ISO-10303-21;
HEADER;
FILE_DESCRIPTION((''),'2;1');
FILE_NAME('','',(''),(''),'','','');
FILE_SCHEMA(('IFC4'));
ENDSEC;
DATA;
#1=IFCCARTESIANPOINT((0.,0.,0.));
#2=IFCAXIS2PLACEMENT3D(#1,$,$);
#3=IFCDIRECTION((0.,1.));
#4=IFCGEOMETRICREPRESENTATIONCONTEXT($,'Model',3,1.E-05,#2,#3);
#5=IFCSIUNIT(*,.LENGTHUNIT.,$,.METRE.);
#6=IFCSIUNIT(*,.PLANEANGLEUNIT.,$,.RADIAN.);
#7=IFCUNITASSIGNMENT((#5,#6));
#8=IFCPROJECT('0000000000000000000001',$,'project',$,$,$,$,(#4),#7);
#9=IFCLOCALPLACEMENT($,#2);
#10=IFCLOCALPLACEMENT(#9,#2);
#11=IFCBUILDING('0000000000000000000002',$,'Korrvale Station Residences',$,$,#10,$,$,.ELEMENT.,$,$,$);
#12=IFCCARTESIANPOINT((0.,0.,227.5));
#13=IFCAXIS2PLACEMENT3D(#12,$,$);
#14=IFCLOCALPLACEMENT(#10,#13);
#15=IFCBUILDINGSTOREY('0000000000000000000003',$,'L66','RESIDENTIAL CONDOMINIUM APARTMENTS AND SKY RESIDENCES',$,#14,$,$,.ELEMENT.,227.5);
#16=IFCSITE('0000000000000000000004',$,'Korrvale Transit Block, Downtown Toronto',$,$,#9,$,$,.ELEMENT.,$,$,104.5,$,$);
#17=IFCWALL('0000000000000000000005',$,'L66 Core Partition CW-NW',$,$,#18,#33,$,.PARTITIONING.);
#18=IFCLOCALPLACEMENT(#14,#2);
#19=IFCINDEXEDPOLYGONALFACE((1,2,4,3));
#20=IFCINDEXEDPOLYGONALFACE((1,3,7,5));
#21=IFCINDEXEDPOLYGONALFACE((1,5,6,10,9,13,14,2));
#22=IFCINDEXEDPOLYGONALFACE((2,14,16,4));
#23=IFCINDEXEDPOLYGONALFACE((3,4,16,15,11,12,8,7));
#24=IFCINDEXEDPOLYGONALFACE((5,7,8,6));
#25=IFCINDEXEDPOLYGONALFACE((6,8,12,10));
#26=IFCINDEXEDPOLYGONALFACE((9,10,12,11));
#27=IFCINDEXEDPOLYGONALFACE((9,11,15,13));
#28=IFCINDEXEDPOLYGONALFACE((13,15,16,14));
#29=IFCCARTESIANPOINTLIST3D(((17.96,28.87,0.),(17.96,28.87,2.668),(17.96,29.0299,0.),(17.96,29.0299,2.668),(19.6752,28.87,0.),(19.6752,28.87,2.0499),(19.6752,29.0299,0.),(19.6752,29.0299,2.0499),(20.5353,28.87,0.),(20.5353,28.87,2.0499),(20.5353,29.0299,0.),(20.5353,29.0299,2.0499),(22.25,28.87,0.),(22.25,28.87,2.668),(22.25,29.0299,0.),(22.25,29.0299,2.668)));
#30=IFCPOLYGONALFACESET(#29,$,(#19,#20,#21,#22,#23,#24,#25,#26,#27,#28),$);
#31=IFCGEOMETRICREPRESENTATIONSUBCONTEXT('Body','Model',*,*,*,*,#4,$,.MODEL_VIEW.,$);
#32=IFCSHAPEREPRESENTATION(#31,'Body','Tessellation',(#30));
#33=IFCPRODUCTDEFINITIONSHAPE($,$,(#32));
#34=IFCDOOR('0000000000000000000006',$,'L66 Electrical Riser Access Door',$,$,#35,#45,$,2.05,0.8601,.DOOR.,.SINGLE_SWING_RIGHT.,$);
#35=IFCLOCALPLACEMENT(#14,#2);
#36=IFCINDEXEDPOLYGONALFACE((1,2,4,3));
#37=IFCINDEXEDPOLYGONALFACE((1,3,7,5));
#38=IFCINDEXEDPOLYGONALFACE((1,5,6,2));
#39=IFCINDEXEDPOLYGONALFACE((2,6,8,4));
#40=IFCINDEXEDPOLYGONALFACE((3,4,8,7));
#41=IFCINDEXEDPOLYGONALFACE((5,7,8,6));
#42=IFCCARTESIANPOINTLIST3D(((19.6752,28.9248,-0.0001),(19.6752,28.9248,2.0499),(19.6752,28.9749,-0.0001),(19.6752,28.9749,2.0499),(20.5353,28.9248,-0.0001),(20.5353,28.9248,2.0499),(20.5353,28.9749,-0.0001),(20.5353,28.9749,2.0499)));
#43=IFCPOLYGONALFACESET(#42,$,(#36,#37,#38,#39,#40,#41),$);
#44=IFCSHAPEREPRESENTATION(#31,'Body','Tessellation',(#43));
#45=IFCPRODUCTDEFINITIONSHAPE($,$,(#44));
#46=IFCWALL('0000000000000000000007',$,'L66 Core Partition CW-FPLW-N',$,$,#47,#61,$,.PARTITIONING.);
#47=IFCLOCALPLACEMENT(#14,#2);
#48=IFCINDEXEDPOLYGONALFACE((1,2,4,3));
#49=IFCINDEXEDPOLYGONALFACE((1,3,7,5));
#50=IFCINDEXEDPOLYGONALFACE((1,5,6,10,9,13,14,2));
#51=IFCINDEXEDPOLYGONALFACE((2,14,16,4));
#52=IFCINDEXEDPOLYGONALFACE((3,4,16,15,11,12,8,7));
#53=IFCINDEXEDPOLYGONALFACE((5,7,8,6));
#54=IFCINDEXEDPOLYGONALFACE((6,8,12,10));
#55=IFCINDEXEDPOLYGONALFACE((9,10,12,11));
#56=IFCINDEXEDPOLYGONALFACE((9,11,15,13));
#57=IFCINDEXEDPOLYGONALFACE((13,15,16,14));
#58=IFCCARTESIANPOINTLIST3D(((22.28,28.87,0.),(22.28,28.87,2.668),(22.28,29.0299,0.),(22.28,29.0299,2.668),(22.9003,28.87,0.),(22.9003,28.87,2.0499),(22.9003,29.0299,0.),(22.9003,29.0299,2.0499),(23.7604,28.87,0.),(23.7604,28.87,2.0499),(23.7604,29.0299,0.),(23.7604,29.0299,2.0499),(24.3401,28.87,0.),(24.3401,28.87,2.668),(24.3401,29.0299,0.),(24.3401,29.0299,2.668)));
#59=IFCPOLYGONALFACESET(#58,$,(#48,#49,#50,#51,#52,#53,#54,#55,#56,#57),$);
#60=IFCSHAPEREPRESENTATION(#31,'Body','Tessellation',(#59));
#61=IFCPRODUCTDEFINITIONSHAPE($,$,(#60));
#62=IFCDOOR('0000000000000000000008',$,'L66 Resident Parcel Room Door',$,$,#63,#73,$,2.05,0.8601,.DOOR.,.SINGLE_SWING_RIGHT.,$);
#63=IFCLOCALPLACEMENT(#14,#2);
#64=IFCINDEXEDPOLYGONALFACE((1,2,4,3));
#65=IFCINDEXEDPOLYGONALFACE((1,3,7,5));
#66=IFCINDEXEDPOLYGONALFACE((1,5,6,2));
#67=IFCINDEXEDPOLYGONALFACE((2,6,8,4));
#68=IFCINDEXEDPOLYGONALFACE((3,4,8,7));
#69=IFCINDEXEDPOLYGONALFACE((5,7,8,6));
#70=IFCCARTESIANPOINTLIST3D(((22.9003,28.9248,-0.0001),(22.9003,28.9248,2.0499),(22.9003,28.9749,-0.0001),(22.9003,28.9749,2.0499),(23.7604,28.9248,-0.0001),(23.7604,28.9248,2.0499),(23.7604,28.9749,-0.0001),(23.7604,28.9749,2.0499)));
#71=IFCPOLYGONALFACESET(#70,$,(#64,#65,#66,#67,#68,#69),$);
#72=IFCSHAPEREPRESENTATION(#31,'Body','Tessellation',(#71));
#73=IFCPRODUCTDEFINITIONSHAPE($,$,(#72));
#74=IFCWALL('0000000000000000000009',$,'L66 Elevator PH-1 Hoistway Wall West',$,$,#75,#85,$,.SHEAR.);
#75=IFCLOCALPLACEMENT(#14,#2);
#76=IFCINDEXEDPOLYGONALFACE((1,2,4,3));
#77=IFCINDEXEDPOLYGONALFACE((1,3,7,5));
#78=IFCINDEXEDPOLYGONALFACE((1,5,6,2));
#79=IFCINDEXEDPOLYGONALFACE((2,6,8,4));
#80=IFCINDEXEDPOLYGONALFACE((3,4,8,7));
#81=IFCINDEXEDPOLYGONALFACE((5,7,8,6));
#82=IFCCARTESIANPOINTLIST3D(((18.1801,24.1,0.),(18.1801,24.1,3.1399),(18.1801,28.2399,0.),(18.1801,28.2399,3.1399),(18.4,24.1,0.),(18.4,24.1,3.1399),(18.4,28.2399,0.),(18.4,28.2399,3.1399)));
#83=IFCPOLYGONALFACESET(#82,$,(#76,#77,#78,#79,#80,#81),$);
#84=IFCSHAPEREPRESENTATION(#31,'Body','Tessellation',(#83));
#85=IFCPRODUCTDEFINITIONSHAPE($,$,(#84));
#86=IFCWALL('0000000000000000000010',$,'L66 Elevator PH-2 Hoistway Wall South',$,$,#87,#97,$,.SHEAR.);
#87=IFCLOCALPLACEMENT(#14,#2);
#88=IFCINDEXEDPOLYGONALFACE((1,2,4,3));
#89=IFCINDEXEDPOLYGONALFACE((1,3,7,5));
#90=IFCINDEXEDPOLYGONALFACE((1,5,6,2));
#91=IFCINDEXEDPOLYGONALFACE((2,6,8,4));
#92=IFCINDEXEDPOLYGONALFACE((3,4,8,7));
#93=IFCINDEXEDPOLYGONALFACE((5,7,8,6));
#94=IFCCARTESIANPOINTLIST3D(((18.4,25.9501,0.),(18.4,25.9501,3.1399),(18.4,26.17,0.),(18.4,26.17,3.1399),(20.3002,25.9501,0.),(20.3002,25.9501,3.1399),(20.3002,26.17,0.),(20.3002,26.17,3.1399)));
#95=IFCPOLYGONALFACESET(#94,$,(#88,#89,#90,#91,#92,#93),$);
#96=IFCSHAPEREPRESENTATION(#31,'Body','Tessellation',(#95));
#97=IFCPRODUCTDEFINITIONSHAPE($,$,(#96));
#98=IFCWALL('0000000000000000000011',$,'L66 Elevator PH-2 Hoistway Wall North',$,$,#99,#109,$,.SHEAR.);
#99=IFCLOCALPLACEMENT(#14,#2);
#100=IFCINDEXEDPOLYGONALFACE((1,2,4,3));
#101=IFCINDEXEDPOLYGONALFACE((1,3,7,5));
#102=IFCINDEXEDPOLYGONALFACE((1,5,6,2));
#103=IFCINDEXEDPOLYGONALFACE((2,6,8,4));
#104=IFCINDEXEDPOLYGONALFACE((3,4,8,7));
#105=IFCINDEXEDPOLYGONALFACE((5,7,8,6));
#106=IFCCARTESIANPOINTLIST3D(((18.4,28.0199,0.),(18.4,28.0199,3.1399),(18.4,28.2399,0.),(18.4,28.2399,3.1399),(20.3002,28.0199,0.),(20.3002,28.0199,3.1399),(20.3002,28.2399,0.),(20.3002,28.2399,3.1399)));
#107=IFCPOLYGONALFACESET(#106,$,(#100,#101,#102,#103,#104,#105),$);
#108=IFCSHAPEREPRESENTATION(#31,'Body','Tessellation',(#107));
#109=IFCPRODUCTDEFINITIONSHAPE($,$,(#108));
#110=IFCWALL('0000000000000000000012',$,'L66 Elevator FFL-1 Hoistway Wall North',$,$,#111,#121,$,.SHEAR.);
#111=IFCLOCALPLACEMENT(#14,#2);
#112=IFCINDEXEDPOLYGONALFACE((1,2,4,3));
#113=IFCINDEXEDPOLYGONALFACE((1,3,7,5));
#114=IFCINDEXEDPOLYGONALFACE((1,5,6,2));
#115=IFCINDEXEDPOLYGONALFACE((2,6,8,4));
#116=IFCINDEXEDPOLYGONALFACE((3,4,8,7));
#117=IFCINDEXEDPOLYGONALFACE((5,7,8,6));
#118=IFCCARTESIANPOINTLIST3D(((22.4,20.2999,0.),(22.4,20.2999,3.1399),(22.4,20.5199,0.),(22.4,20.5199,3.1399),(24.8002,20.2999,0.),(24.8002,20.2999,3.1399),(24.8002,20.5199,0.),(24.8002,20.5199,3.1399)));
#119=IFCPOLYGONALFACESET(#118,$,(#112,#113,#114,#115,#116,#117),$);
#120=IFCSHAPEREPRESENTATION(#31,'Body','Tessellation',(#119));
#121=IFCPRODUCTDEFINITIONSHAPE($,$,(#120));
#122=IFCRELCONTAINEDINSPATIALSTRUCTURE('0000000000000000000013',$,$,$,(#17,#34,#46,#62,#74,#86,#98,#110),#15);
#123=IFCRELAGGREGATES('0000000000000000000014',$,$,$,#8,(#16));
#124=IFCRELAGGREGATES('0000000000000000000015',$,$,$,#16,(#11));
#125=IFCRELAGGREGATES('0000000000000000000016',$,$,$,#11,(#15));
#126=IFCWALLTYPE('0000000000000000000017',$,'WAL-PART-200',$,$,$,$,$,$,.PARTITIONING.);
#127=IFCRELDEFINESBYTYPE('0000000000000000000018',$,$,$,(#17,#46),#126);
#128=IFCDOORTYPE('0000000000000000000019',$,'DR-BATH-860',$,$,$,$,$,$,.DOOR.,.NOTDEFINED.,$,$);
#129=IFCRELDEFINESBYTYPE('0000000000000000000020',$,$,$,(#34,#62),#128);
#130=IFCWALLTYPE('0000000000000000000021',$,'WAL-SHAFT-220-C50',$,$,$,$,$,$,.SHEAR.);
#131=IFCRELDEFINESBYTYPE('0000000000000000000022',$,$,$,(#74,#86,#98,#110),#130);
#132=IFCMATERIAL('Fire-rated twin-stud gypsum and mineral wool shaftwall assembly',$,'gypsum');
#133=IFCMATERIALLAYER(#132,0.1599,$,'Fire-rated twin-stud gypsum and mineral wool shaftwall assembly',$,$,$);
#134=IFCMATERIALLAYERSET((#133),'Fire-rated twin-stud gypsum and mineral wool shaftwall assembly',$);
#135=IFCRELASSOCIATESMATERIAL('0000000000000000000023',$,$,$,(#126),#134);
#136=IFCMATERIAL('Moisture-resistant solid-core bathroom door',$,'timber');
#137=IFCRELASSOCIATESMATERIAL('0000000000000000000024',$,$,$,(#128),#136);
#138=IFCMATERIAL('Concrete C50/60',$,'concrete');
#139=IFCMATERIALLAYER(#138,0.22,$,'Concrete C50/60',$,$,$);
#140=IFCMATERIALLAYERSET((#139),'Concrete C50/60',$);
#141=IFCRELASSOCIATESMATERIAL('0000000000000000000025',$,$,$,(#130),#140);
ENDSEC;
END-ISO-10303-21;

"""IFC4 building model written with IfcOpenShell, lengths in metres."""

from ifc_helpers import new_model, si_unit, direction, frame, frame_2d, origin, place, context, subcontext, project, spatial, rectangle, extrude, material, layer, layer_set, type_object, element, fill, save


model = new_model("IFC4")

# Units and contexts
model_context = context("Model", 3, precision=1e-05, world=origin(), true_north=direction((0.0, 1.0)))
body_context = subcontext(model_context, "Body", "Model", "MODEL_VIEW")
ifc_project = project(units=[si_unit("LENGTHUNIT", "METRE"), si_unit("PLANEANGLEUNIT", "RADIAN")], contexts=[model_context])

# Site, building, storey
site_placement = place(None, origin())
site = spatial("IfcSite", under=ifc_project, at=site_placement, Name="Korrvale Transit Block, Downtown Toronto", CompositionType="ELEMENT", RefElevation=104.5)
building_placement = place(site_placement, origin())
building = spatial("IfcBuilding", under=site, at=building_placement, Name="Korrvale Station Residences", CompositionType="ELEMENT")
storey_placement = place(building_placement, frame((0.0, 0.0, 227.5)))
storey = spatial("IfcBuildingStorey", under=building, at=storey_placement, Name="L66", Description="RESIDENTIAL CONDOMINIUM APARTMENTS AND SKY RESIDENCES", CompositionType="ELEMENT", Elevation=227.5)

# Shared definitions
ifc_material_1 = material(Name="Concrete C50/60", Category="concrete")

# Shared definitions
ifc_material_2 = material(Name="Fire-rated twin-stud gypsum and mineral wool shaftwall assembly", Category="gypsum")
ifc_layer_1 = layer(ifc_material_2, 0.1599, Name="Fire-rated twin-stud gypsum and mineral wool shaftwall assembly")
ifc_layer_set_1 = layer_set([ifc_layer_1], Name="Fire-rated twin-stud gypsum and mineral wool shaftwall assembly")
wall_type_1 = type_object("IfcWallType", Name="WAL-PART-200", PredefinedType="PARTITIONING", material=ifc_layer_set_1)

# Walls, openings, doors
wall_1_placement = place(storey_placement, frame((17.96, 28.95, 0.0), z_axis=(0.0, 0.0, 1.0), x_axis=(1.0, 0.0, 0.0)))
wall_1 = element("IfcWall", 1, at=wall_1_placement, inside=storey, type_object=wall_type_1, Name="L66 Core Partition CW-NW", PredefinedType="PARTITIONING", context=body_context, shape_type="SweptSolid", body=[
    extrude(rectangle(XDim=4.29, YDim=0.1599, at=frame_2d((2.145, 0.0))), origin(), (0.0, 0.0, 1.0), 2.668),
])
opening_1_placement = place(wall_1_placement, frame((1.7151, 0.0, 0.0)))
opening_1 = element("IfcOpeningElement", 2, at=opening_1_placement, cuts=wall_1, PredefinedType="OPENING", context=body_context, shape_type="SweptSolid", body=[
    extrude(rectangle(XDim=0.8601, YDim=2.05, at=frame_2d((0.4302, 1.0249))), frame((0.0, 0.0898, 0.0), z_axis=(0.0, -1.0, 0.0), x_axis=(1.0, 0.0, 0.0)), (0.0, 0.0, 1.0), 0.1799),
])
ifc_material_3 = material(Name="Moisture-resistant solid-core bathroom door", Category="timber")
door_type_1 = type_object("IfcDoorType", Name="DR-BATH-860", OperationType="NOTDEFINED", PredefinedType="DOOR", material=ifc_material_3)
door_1_placement = place(opening_1_placement, origin())
door_1 = element("IfcDoor", 3, at=door_1_placement, inside=storey, type_object=door_type_1, Name="L66 Electrical Riser Access Door", OperationType="SINGLE_SWING_RIGHT", OverallHeight=2.05, OverallWidth=0.8601, PredefinedType="DOOR", context=body_context, shape_type="SweptSolid", body=[
    extrude(rectangle(XDim=0.8601, YDim=2.05, at=frame_2d((0.4302, 1.0249))), frame((0.0, 0.0249, 0.0), z_axis=(0.0, -1.0, 0.0), x_axis=(1.0, 0.0, 0.0)), (0.0, 0.0, 1.0), 0.05),
])
fill(opening_1, door_1)
wall_2_placement = place(storey_placement, frame((22.28, 28.95, 0.0), z_axis=(0.0, 0.0, 1.0), x_axis=(1.0, 0.0, 0.0)))
wall_2 = element("IfcWall", 4, at=wall_2_placement, inside=storey, type_object=wall_type_1, Name="L66 Core Partition CW-FPLW-N", PredefinedType="PARTITIONING", context=body_context, shape_type="SweptSolid", body=[
    extrude(rectangle(XDim=2.0601, YDim=0.1599, at=frame_2d((1.03, 0.0))), origin(), (0.0, 0.0, 1.0), 2.668),
])
opening_2_placement = place(wall_2_placement, frame((0.6201, 0.0, 0.0)))
opening_2 = element("IfcOpeningElement", 5, at=opening_2_placement, cuts=wall_2, PredefinedType="OPENING", context=body_context, shape_type="SweptSolid", body=[
    extrude(rectangle(XDim=0.8601, YDim=2.05, at=frame_2d((0.4302, 1.0249))), frame((0.0, 0.0898, 0.0), z_axis=(0.0, -1.0, 0.0), x_axis=(1.0, 0.0, 0.0)), (0.0, 0.0, 1.0), 0.1799),
])
door_2_placement = place(opening_2_placement, origin())
door_2 = element("IfcDoor", 6, at=door_2_placement, inside=storey, type_object=door_type_1, Name="L66 Resident Parcel Room Door", OperationType="SINGLE_SWING_RIGHT", OverallHeight=2.05, OverallWidth=0.8601, PredefinedType="DOOR", context=body_context, shape_type="SweptSolid", body=[
    extrude(rectangle(XDim=0.8601, YDim=2.05, at=frame_2d((0.4302, 1.0249))), frame((0.0, 0.0249, 0.0), z_axis=(0.0, -1.0, 0.0), x_axis=(1.0, 0.0, 0.0)), (0.0, 0.0, 1.0), 0.05),
])
fill(opening_2, door_2)

# Wall
ifc_layer_2 = layer(ifc_material_1, 0.22, Name="Concrete C50/60")
ifc_layer_set_2 = layer_set([ifc_layer_2], Name="Concrete C50/60")
wall_type_2 = type_object("IfcWallType", Name="WAL-SHAFT-220-C50", PredefinedType="SHEAR", material=ifc_layer_set_2)
wall_3_placement = place(storey_placement, frame((18.29, 24.1001, 0.0), z_axis=(0.0, 0.0, 1.0), x_axis=(0.0, 1.0, 0.0)))
element("IfcWall", 7, at=wall_3_placement, inside=storey, type_object=wall_type_2, Name="L66 Elevator PH-1 Hoistway Wall West", PredefinedType="SHEAR", context=body_context, shape_type="SweptSolid", body=[
    extrude(rectangle(XDim=4.1399, YDim=0.22, at=frame_2d((2.0698, 0.0))), origin(), (0.0, 0.0, 1.0), 3.1399),
])

# Walls
for number, where, z_axis, x_axis, name in (
    (8, (18.3999, 26.0601, 0.0), (0.0, 0.0, 1.0), (1.0, 0.0, 0.0), "L66 Elevator PH-2 Hoistway Wall South"),
    (9, (18.3999, 28.1299, 0.0), (0.0, 0.0, 1.0), (1.0, 0.0, 0.0), "L66 Elevator PH-2 Hoistway Wall North"),
):
    element("IfcWall", number, at=place(storey_placement, frame(where, z_axis=z_axis, x_axis=x_axis)), inside=storey, type_object=wall_type_2, Name=name, PredefinedType="SHEAR", context=body_context, shape_type="SweptSolid", body=[
        extrude(rectangle(XDim=1.9001, YDim=0.22, at=frame_2d((0.9502, 0.0))), origin(), (0.0, 0.0, 1.0), 3.1399),
    ])

# Wall
wall_4_placement = place(storey_placement, frame((22.3999, 20.4099, 0.0), z_axis=(0.0, 0.0, 1.0), x_axis=(1.0, 0.0, 0.0)))
element("IfcWall", 10, at=wall_4_placement, inside=storey, type_object=wall_type_2, Name="L66 Elevator FFL-1 Hoistway Wall North", PredefinedType="SHEAR", context=body_context, shape_type="SweptSolid", body=[
    extrude(rectangle(XDim=2.4001, YDim=0.22, at=frame_2d((1.2002, 0.0))), origin(), (0.0, 0.0, 1.0), 3.1399),
])

save(model, "model.ifc")
